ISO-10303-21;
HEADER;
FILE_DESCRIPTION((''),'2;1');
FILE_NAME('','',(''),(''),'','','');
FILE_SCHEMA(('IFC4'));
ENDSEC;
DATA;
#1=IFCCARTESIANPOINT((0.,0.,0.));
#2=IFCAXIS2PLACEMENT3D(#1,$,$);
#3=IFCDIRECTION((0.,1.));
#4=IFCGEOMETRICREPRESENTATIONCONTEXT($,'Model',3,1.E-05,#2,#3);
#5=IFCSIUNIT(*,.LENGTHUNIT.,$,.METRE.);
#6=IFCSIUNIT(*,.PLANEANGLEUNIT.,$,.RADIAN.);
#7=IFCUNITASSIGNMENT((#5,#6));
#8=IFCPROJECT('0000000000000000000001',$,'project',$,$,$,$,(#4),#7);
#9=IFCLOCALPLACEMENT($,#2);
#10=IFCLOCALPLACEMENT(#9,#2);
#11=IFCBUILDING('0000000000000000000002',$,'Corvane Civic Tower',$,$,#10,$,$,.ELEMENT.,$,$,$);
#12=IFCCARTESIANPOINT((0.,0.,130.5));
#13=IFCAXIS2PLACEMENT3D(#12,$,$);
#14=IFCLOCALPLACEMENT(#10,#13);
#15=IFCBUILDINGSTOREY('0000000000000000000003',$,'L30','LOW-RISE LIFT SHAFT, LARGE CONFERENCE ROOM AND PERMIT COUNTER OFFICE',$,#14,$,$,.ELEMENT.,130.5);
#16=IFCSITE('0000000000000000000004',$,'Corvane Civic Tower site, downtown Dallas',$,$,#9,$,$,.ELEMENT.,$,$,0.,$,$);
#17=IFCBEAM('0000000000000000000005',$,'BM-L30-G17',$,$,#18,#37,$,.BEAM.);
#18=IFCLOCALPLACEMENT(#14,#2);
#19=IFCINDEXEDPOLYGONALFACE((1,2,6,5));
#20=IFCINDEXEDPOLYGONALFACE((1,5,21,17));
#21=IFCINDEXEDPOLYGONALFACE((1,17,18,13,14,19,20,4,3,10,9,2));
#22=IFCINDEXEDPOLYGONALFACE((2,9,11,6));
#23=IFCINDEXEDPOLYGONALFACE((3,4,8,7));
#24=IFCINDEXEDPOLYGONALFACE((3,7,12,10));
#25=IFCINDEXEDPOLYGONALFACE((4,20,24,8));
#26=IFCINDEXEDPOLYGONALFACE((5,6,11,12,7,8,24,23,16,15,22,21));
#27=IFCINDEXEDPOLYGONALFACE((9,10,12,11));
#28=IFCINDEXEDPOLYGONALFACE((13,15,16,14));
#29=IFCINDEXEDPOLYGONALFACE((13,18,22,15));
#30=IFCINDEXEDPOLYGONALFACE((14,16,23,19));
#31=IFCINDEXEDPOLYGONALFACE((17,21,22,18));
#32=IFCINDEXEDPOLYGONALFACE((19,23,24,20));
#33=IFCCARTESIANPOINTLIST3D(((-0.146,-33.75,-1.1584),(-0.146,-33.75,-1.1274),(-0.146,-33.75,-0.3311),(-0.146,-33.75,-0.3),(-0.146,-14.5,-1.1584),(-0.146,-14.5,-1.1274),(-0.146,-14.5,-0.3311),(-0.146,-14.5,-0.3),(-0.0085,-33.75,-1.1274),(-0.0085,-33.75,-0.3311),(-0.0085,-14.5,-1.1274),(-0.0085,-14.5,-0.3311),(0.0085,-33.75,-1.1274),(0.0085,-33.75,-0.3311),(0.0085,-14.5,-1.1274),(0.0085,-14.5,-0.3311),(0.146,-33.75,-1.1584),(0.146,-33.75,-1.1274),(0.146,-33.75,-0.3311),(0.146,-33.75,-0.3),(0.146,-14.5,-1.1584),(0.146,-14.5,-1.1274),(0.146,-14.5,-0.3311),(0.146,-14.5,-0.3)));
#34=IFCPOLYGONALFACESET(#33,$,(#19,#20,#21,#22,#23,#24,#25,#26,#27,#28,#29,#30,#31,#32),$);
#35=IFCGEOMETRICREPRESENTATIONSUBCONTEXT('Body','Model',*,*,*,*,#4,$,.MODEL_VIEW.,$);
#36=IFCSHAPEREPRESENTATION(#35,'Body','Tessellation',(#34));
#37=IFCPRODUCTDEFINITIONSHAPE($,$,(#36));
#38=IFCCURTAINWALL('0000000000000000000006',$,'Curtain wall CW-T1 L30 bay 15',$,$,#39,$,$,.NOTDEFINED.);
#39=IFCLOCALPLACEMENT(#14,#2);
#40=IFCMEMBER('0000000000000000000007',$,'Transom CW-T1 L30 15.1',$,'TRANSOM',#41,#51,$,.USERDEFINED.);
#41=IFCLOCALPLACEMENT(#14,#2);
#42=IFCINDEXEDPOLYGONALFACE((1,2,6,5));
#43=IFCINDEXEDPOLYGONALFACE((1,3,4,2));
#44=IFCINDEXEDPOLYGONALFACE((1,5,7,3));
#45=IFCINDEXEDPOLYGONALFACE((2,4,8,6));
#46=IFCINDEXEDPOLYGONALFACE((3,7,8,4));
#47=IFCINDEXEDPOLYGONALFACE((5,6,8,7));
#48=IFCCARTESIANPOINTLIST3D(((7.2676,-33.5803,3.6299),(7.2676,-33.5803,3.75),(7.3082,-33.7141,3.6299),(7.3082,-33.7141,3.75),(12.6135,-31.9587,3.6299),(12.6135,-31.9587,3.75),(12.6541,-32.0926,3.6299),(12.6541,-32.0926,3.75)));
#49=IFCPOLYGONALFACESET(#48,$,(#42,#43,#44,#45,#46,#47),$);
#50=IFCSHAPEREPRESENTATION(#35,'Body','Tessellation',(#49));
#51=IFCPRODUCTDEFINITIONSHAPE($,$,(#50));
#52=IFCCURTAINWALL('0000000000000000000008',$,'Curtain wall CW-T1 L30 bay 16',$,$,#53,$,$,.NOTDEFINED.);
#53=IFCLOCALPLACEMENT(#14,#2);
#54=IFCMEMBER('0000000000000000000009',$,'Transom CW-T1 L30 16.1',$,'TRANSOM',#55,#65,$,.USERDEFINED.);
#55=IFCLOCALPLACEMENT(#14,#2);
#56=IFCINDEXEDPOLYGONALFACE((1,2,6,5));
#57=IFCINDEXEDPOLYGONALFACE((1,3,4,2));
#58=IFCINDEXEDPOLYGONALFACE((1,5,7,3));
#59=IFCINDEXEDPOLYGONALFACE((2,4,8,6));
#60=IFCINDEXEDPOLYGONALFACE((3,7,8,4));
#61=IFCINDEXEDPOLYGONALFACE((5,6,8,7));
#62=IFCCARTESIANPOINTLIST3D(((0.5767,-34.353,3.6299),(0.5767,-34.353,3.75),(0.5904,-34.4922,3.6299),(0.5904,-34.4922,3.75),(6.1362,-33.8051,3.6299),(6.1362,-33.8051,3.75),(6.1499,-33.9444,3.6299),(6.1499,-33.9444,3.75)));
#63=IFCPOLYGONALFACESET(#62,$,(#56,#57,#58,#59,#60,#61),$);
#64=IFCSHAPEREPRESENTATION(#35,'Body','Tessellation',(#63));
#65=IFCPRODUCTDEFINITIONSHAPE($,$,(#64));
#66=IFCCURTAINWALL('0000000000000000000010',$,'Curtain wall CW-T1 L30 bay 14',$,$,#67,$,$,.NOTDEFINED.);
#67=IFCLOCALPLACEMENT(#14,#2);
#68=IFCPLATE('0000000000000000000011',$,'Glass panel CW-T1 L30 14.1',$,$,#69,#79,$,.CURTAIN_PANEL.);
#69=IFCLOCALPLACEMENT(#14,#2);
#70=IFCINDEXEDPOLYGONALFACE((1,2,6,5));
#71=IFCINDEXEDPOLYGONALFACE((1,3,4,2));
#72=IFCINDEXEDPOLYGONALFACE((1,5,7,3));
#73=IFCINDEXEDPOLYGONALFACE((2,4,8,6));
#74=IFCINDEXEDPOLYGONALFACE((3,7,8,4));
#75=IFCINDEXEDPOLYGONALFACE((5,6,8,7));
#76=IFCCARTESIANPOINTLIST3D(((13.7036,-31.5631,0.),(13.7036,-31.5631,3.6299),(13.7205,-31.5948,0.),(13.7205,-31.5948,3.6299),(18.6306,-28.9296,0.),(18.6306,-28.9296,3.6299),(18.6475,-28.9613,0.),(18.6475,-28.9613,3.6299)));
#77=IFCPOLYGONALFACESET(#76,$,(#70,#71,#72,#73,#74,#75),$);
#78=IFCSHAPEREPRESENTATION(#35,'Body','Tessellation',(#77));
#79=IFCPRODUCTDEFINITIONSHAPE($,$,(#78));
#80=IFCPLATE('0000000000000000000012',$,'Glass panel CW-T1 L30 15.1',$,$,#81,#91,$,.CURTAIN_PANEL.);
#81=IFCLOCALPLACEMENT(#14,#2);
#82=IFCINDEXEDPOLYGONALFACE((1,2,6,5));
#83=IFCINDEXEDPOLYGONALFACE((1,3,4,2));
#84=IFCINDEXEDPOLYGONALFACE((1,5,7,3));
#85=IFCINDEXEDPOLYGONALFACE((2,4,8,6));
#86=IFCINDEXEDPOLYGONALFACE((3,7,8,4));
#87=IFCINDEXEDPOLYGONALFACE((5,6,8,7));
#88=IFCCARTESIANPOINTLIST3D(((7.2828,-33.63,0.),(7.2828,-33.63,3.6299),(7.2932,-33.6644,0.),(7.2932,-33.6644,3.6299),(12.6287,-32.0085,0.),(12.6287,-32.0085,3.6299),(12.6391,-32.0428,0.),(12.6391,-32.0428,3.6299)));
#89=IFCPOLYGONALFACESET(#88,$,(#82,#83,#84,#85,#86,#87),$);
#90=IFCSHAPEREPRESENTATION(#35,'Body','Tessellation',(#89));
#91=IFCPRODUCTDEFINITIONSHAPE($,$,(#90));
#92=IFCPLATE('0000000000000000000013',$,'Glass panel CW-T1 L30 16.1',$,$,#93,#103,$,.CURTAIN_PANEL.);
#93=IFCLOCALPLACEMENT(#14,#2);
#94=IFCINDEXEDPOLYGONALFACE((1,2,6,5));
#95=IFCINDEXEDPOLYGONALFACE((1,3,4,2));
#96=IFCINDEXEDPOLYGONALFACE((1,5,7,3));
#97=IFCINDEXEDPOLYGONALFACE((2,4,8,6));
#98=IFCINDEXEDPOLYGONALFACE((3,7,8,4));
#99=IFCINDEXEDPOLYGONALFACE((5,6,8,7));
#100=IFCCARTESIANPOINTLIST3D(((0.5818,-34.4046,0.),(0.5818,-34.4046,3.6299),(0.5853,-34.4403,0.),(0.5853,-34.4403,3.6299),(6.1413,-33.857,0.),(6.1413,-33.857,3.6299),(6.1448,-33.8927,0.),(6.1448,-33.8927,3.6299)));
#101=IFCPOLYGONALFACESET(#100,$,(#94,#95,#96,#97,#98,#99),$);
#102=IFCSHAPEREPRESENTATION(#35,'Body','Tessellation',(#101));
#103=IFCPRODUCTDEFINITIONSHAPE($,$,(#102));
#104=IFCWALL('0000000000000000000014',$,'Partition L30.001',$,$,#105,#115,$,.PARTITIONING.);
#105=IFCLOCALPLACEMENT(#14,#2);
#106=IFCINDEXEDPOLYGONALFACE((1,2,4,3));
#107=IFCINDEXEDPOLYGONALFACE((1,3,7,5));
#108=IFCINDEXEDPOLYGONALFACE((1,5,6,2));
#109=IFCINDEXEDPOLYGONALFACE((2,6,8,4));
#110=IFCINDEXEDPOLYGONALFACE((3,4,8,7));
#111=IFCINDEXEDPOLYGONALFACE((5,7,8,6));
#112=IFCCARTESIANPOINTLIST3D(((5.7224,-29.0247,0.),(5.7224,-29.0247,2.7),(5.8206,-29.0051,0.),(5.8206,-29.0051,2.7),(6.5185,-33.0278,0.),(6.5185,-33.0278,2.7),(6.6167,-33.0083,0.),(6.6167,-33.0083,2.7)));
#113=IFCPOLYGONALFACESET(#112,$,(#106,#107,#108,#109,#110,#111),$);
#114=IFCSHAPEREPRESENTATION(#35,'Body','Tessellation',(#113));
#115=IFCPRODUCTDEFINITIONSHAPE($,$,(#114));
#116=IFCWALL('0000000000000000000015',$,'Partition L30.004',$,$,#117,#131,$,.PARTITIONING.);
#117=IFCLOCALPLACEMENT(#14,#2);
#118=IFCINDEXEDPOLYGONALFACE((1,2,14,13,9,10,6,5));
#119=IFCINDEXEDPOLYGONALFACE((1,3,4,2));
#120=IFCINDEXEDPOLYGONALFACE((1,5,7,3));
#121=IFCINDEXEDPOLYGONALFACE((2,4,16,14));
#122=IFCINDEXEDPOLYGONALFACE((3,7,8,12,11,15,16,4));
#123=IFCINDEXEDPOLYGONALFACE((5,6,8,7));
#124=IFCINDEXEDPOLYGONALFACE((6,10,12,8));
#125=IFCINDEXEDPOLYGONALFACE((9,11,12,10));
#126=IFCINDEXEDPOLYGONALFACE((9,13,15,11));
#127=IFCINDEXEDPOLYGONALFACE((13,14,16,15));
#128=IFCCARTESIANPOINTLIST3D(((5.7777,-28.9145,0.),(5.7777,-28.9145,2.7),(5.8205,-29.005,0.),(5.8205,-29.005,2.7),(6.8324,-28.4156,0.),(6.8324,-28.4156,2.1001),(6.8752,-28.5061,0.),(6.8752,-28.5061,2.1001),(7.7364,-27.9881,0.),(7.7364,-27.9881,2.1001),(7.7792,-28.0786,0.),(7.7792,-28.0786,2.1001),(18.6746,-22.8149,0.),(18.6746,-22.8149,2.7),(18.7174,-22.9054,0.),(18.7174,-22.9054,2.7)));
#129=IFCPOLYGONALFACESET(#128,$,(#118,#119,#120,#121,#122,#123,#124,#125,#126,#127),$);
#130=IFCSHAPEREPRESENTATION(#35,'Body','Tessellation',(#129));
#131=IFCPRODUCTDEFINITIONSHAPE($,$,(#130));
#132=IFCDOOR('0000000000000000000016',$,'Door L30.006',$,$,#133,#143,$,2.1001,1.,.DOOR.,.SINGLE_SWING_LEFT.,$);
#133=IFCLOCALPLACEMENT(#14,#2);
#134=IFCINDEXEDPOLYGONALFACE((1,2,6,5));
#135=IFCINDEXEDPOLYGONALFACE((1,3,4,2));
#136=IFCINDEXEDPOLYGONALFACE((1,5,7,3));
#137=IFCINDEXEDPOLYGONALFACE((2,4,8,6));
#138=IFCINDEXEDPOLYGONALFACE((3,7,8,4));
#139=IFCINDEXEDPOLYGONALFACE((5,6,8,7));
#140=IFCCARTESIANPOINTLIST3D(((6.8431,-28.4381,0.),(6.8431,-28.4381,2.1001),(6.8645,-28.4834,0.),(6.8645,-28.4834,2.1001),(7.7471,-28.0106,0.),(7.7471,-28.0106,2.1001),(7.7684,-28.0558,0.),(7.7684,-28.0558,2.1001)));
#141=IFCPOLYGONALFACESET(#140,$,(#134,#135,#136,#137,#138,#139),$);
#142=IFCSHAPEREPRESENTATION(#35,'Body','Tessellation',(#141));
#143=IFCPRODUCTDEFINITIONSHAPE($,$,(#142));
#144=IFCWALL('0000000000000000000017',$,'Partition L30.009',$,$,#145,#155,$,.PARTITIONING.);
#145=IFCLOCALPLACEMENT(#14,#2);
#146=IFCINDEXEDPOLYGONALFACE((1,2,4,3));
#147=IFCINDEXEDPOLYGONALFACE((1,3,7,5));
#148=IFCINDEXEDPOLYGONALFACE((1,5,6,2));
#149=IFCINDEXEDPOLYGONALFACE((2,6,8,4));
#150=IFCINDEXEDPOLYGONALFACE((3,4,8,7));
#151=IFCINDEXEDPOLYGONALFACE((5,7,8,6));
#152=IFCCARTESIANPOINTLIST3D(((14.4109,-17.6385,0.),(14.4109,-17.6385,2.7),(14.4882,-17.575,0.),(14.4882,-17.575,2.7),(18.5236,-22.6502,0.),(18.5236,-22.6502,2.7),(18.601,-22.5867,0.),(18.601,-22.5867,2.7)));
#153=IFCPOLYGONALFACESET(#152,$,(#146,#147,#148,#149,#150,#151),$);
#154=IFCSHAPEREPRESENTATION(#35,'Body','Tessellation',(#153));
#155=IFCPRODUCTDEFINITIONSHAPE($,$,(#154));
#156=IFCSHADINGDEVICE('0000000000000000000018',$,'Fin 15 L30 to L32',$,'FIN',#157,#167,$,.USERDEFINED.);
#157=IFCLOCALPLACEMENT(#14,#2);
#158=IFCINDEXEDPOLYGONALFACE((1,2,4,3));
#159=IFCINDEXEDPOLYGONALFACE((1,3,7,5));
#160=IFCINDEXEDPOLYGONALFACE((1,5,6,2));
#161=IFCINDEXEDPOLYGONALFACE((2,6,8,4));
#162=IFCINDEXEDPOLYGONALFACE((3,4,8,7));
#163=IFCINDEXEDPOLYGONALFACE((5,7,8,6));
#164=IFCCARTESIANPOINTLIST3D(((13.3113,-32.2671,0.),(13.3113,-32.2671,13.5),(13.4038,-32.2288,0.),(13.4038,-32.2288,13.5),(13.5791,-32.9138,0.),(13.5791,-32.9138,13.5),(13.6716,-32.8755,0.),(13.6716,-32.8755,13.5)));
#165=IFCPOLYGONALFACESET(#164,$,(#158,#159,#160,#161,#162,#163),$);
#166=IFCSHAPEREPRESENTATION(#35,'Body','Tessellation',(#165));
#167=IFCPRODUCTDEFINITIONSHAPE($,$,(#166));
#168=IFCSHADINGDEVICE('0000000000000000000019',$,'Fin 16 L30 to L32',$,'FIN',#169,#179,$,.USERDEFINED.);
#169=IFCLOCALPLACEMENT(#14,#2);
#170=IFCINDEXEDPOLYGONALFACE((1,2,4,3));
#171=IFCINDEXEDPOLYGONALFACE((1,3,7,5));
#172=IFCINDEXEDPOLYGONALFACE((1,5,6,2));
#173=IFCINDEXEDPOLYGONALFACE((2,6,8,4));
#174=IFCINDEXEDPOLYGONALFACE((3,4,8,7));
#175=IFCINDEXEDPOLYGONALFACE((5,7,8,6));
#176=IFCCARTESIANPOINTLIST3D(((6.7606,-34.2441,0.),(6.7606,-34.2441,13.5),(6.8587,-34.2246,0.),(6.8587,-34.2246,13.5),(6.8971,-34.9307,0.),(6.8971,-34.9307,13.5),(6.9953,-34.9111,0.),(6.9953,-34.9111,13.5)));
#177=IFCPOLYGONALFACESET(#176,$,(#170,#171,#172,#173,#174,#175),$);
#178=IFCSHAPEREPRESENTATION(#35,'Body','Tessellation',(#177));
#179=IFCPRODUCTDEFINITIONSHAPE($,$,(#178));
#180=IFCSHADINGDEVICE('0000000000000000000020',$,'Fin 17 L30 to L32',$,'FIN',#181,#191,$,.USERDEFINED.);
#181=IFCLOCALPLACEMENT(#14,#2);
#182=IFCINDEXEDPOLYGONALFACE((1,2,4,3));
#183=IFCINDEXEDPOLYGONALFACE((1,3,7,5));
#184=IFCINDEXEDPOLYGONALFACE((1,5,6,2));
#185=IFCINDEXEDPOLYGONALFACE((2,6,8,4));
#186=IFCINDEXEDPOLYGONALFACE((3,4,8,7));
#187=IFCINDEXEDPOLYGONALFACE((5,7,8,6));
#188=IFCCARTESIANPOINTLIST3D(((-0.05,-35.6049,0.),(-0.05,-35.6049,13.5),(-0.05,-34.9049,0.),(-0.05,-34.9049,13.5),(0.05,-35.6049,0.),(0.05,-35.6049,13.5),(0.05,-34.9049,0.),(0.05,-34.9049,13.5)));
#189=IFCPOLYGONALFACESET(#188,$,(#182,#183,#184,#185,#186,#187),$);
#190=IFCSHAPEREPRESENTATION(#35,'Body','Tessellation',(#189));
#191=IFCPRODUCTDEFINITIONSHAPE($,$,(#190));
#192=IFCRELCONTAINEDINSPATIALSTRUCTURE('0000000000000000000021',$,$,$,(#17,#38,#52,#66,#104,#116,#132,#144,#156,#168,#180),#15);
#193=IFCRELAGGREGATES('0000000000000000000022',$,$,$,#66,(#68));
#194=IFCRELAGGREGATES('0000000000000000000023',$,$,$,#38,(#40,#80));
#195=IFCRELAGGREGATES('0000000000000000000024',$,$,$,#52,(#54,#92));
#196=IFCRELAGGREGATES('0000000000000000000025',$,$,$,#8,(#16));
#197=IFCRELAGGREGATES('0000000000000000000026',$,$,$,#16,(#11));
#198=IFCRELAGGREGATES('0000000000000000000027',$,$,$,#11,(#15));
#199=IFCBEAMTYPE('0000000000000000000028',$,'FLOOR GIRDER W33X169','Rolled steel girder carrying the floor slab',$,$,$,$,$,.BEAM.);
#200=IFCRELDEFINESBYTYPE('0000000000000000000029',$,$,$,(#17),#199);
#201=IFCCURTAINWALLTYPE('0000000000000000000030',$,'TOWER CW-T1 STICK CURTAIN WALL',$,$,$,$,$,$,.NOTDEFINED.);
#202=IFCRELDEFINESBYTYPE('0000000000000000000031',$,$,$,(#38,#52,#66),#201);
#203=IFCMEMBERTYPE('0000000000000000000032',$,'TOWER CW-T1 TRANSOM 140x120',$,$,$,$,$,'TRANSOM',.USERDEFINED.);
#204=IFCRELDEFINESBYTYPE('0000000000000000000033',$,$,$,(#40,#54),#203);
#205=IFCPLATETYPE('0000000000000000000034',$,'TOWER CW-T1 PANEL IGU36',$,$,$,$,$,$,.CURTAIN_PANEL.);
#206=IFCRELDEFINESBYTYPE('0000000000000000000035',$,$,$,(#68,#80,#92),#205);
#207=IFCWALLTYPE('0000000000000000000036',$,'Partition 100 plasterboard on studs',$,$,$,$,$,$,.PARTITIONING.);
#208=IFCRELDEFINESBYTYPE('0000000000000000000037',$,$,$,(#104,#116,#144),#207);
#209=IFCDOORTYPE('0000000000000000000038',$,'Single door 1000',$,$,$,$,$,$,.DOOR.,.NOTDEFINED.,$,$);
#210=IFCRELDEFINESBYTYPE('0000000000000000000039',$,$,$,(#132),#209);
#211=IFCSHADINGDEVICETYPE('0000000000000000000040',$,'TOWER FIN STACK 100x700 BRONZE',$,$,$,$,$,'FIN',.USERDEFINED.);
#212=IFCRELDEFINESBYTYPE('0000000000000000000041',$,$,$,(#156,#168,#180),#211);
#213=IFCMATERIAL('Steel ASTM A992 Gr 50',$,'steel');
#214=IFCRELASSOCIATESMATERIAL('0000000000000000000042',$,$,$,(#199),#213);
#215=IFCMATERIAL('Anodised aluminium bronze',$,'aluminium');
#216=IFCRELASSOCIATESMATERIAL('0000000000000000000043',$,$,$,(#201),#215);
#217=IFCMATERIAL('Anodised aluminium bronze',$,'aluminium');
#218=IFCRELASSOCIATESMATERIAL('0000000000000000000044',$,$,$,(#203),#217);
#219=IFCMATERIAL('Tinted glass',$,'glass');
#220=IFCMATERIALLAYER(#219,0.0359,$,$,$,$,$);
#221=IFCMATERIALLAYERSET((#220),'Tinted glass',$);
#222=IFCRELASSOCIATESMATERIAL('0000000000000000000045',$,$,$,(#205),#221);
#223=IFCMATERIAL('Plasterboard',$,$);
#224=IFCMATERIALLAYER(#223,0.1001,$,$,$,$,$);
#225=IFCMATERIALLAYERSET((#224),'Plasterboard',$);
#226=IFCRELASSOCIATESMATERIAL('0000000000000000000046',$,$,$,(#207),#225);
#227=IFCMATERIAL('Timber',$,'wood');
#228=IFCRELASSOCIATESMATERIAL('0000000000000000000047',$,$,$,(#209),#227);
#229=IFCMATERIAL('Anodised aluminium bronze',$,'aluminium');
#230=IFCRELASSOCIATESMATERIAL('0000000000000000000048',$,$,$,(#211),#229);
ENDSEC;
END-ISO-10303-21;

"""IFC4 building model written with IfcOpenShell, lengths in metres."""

from ifc_helpers import new_model, si_unit, direction, frame, frame_2d, origin, origin_2d, place, context, subcontext, project, spatial, rectangle, i_section, extrude, material, layer, layer_set, material_profile, profile_set, type_object, element, fill, aggregate, save


model = new_model("IFC4")

# Units and contexts
model_context = context("Model", 3, precision=1e-05, world=origin(), true_north=direction((0.0, 1.0)))
body_context = subcontext(model_context, "Body", "Model", "MODEL_VIEW")
ifc_project = project(units=[si_unit("LENGTHUNIT", "METRE"), si_unit("PLANEANGLEUNIT", "RADIAN")], contexts=[model_context])

# Site, building, storey
site_placement = place(None, origin())
site = spatial("IfcSite", under=ifc_project, at=site_placement, Name="Corvane Civic Tower site, downtown Dallas", CompositionType="ELEMENT", RefElevation=0.0)
building_placement = place(site_placement, origin())
building = spatial("IfcBuilding", under=site, at=building_placement, Name="Corvane Civic Tower", CompositionType="ELEMENT")
storey_placement = place(building_placement, frame((0.0, 0.0, 130.5)))
storey = spatial("IfcBuildingStorey", under=building, at=storey_placement, Name="L30", Description="LOW-RISE LIFT SHAFT, LARGE CONFERENCE ROOM AND PERMIT COUNTER OFFICE", CompositionType="ELEMENT", Elevation=130.5)

# Beam
ifc_material_1 = material(Name="Steel ASTM A992 Gr 50", Category="steel")
ifc_material_profile_1 = material_profile(ifc_material_1, i_section(OverallWidth=0.292, OverallDepth=0.8584, WebThickness=0.0171, FlangeThickness=0.031, at=origin_2d()), Name="W33X169")
ifc_profile_set_1 = profile_set([ifc_material_profile_1], Name="Steel ASTM A992 Gr 50")
beam_type_1 = type_object("IfcBeamType", Name="FLOOR GIRDER W33X169", Description="Rolled steel girder carrying the floor slab", PredefinedType="BEAM", material=ifc_profile_set_1)
beam_1_placement = place(storey_placement, frame((0.0, -14.5, -0.7292), z_axis=(0.0, -1.0, 0.0), x_axis=(1.0, 0.0, 0.0)))
element("IfcBeam", 1, at=beam_1_placement, inside=storey, type_object=beam_type_1, Name="BM-L30-G17", PredefinedType="BEAM", context=body_context, shape_type="SweptSolid", body=[
    extrude(i_section(OverallWidth=0.292, OverallDepth=0.8584, WebThickness=0.0171, FlangeThickness=0.031, at=origin_2d()), origin(), (0.0, 0.0, 1.0), 19.25),
])

# Curtain walls, members
ifc_material_2 = material(Name="Anodised aluminium bronze", Category="aluminium")
curtain_wall_type = type_object("IfcCurtainWallType", Name="TOWER CW-T1 STICK CURTAIN WALL", PredefinedType="NOTDEFINED", material=ifc_material_2)
curtain_wall_1_placement = place(storey_placement, origin())
curtain_wall_1 = element("IfcCurtainWall", 2, at=curtain_wall_1_placement, inside=storey, type_object=curtain_wall_type, Name="Curtain wall CW-T1 L30 bay 15", PredefinedType="NOTDEFINED")
ifc_material_3 = material(Name="Anodised aluminium bronze", Category="aluminium")
ifc_material_profile_2 = material_profile(ifc_material_3, rectangle(XDim=0.1399, YDim=0.1201, at=origin_2d()), Name="TOWER CW-T1 TRANSOM 140x120")
ifc_profile_set_2 = profile_set([ifc_material_profile_2], Name="Anodised aluminium bronze")
member_type = type_object("IfcMemberType", Name="TOWER CW-T1 TRANSOM 140x120", ElementType="TRANSOM", PredefinedType="USERDEFINED", material=ifc_profile_set_2)
member_1_placement = place(storey_placement, frame((12.6338, -32.0256, 3.6899), z_axis=(-0.956945, -0.290269, 0.0), x_axis=(0.290269, -0.956945, 0.0)))
member_1 = element("IfcMember", 3, at=member_1_placement, type_object=member_type, Name="Transom CW-T1 L30 15.1", ObjectType="TRANSOM", PredefinedType="USERDEFINED", context=body_context, shape_type="SweptSolid", body=[
    extrude(rectangle(XDim=0.1399, YDim=0.1201, at=origin_2d()), origin(), (0.0, 0.0, 1.0), 5.5864),
])
curtain_wall_2_placement = place(storey_placement, origin())
curtain_wall_2 = element("IfcCurtainWall", 4, at=curtain_wall_2_placement, inside=storey, type_object=curtain_wall_type, Name="Curtain wall CW-T1 L30 bay 16", PredefinedType="NOTDEFINED")
member_2_placement = place(storey_placement, frame((6.1431, -33.8748, 3.6899), z_axis=(-0.99518, -0.098067, 0.0), x_axis=(0.098067, -0.99518, 0.0)))
member_2 = element("IfcMember", 5, at=member_2_placement, type_object=member_type, Name="Transom CW-T1 L30 16.1", ObjectType="TRANSOM", PredefinedType="USERDEFINED", context=body_context, shape_type="SweptSolid", body=[
    extrude(rectangle(XDim=0.1399, YDim=0.1201, at=origin_2d()), origin(), (0.0, 0.0, 1.0), 5.5864),
])

# Curtain wall, plate
curtain_wall_3_placement = place(storey_placement, origin())
curtain_wall_3 = element("IfcCurtainWall", 6, at=curtain_wall_3_placement, inside=storey, type_object=curtain_wall_type, Name="Curtain wall CW-T1 L30 bay 14", PredefinedType="NOTDEFINED")
ifc_material_4 = material(Name="Tinted glass", Category="glass")
ifc_layer_1 = layer(ifc_material_4, 0.0359)
ifc_layer_set_1 = layer_set([ifc_layer_1], Name="Tinted glass")
plate_type = type_object("IfcPlateType", Name="TOWER CW-T1 PANEL IGU36", PredefinedType="CURTAIN_PANEL", material=ifc_layer_set_1)
plate_1_placement = place(storey_placement, frame((16.1755, -30.2622, 0.0), z_axis=(0.0, 0.0, 1.0), x_axis=(-0.881924, -0.471392, 0.0)))
plate_1 = element("IfcPlate", 7, at=plate_1_placement, type_object=plate_type, Name="Glass panel CW-T1 L30 14.1", PredefinedType="CURTAIN_PANEL", context=body_context, shape_type="SweptSolid", body=[
    extrude(rectangle(XDim=5.5867, YDim=0.0359, at=origin_2d()), origin(), (0.0, 0.0, 1.0), 3.6299),
])
aggregate(curtain_wall_3, [plate_1])

# Plates
plate_2_placement = place(storey_placement, frame((9.9609, -32.8364, 0.0), z_axis=(0.0, 0.0, 1.0), x_axis=(-0.956946, -0.290266, 0.0)))
plate_2 = element("IfcPlate", 8, at=plate_2_placement, type_object=plate_type, Name="Glass panel CW-T1 L30 15.1", PredefinedType="CURTAIN_PANEL", context=body_context, shape_type="SweptSolid", body=[
    extrude(rectangle(XDim=5.5864, YDim=0.0359, at=origin_2d()), origin(), (0.0, 0.0, 1.0), 3.6299),
])
aggregate(curtain_wall_1, [member_1, plate_2])
plate_3_placement = place(storey_placement, frame((3.3633, -34.1487, 0.0), z_axis=(0.0, 0.0, 1.0), x_axis=(-0.995184, -0.098027, 0.0)))
plate_3 = element("IfcPlate", 9, at=plate_3_placement, type_object=plate_type, Name="Glass panel CW-T1 L30 16.1", PredefinedType="CURTAIN_PANEL", context=body_context, shape_type="SweptSolid", body=[
    extrude(rectangle(XDim=5.5864, YDim=0.0359, at=origin_2d()), origin(), (0.0, 0.0, 1.0), 3.6299),
])
aggregate(curtain_wall_2, [member_2, plate_3])

# Wall
ifc_material_5 = material(Name="Plasterboard")
ifc_layer_2 = layer(ifc_material_5, 0.1001)
ifc_layer_set_2 = layer_set([ifc_layer_2], Name="Plasterboard")
wall_type = type_object("IfcWallType", Name="Partition 100 plasterboard on studs", PredefinedType="PARTITIONING", material=ifc_layer_set_2)
wall_1_placement = place(storey_placement, frame((5.7715, -29.0149, 0.0), z_axis=(0.0, 0.0, 1.0), x_axis=(0.195058, -0.980792, 0.0)))
element("IfcWall", 10, at=wall_1_placement, inside=storey, type_object=wall_type, Name="Partition L30.001", PredefinedType="PARTITIONING", context=body_context, shape_type="SweptSolid", body=[
    extrude(rectangle(XDim=4.0815, YDim=0.1001, at=frame_2d((2.0408, 0.0))), origin(), (0.0, 0.0, 1.0), 2.7),
])

# Wall, opening, door
wall_2_placement = place(storey_placement, frame((5.7991, -28.9597, 0.0), z_axis=(0.0, 0.0, 1.0), x_axis=(0.903995, 0.427543, 0.0)))
wall_2 = element("IfcWall", 11, at=wall_2_placement, inside=storey, type_object=wall_type, Name="Partition L30.004", PredefinedType="PARTITIONING", context=body_context, shape_type="SweptSolid", body=[
    extrude(rectangle(XDim=14.2666, YDim=0.1001, at=frame_2d((7.1333, 0.0))), origin(), (0.0, 0.0, 1.0), 2.7),
])
opening_placement = place(wall_2_placement, frame((1.1667, 0.0, 0.0)))
opening = element("IfcOpeningElement", 12, at=opening_placement, cuts=wall_2, PredefinedType="OPENING", context=body_context, shape_type="SweptSolid", body=[
    extrude(rectangle(XDim=1.0, YDim=2.1001, at=frame_2d((0.5, 1.05))), frame((0.0, 0.0601, 0.0), z_axis=(0.0, -1.0, 0.0), x_axis=(1.0, 0.0, 0.0)), (0.0, 0.0, 1.0), 0.1201),
])
ifc_material_6 = material(Name="Timber", Category="wood")
door_type = type_object("IfcDoorType", Name="Single door 1000", OperationType="NOTDEFINED", PredefinedType="DOOR", material=ifc_material_6)
door_placement = place(opening_placement, frame((1.0, 0.0, 0.0), z_axis=(0.0, 0.0, 1.0), x_axis=(-1.0, 0.0, 0.0)))
door = element("IfcDoor", 13, at=door_placement, inside=storey, type_object=door_type, Name="Door L30.006", OperationType="SINGLE_SWING_LEFT", OverallHeight=2.1001, OverallWidth=1.0, PredefinedType="DOOR", context=body_context, shape_type="SweptSolid", body=[
    extrude(rectangle(XDim=1.0, YDim=2.1001, at=frame_2d((0.5, 1.05))), frame((0.0, 0.0249, 0.0), z_axis=(0.0, -1.0, 0.0), x_axis=(1.0, 0.0, 0.0)), (0.0, 0.0, 1.0), 0.05),
])
fill(opening, door)

# Wall
wall_3_placement = place(storey_placement, frame((14.4495, -17.6067, 0.0), z_axis=(0.0, 0.0, 1.0), x_axis=(0.634373, -0.773027, 0.0)))
element("IfcWall", 14, at=wall_3_placement, inside=storey, type_object=wall_type, Name="Partition L30.009", PredefinedType="PARTITIONING", context=body_context, shape_type="SweptSolid", body=[
    extrude(rectangle(XDim=6.4832, YDim=0.1001, at=frame_2d((3.2417, 0.0))), origin(), (0.0, 0.0, 1.0), 2.7),
])

# Shading devices
ifc_material_7 = material(Name="Anodised aluminium bronze", Category="aluminium")
ifc_material_profile_3 = material_profile(ifc_material_7, rectangle(XDim=0.1001, YDim=0.7, at=origin_2d()), Name="TOWER FIN STACK 100x700 BRONZE")
ifc_profile_set_3 = profile_set([ifc_material_profile_3], Name="Anodised aluminium bronze")
shading_device_type = type_object("IfcShadingDeviceType", Name="TOWER FIN STACK 100x700 BRONZE", ElementType="FIN", PredefinedType="USERDEFINED", material=ifc_profile_set_3)
for number, where, z_axis, x_axis, name in (
    (15, (13.4915, -32.5713, 0.0), (0.0, 0.0, 1.0), (-0.92388, -0.382683, 0.0), "Fin 15 L30 to L32"),
    (16, (6.8779, -34.5776, 0.0), (0.0, 0.0, 1.0), (-0.980785, -0.19509, 0.0), "Fin 16 L30 to L32"),
    (17, (0.0, -35.2549, 0.0), (0.0, 0.0, 1.0), (-1.0, 0.0, 0.0), "Fin 17 L30 to L32"),
):
    element("IfcShadingDevice", number, at=place(storey_placement, frame(where, z_axis=z_axis, x_axis=x_axis)), inside=storey, type_object=shading_device_type, Name=name, ObjectType="FIN", PredefinedType="USERDEFINED", context=body_context, shape_type="SweptSolid", body=[
        extrude(rectangle(XDim=0.1001, YDim=0.7, at=origin_2d()), origin(), (0.0, 0.0, 1.0), 13.5),
    ])

save(model, "model.ifc")
